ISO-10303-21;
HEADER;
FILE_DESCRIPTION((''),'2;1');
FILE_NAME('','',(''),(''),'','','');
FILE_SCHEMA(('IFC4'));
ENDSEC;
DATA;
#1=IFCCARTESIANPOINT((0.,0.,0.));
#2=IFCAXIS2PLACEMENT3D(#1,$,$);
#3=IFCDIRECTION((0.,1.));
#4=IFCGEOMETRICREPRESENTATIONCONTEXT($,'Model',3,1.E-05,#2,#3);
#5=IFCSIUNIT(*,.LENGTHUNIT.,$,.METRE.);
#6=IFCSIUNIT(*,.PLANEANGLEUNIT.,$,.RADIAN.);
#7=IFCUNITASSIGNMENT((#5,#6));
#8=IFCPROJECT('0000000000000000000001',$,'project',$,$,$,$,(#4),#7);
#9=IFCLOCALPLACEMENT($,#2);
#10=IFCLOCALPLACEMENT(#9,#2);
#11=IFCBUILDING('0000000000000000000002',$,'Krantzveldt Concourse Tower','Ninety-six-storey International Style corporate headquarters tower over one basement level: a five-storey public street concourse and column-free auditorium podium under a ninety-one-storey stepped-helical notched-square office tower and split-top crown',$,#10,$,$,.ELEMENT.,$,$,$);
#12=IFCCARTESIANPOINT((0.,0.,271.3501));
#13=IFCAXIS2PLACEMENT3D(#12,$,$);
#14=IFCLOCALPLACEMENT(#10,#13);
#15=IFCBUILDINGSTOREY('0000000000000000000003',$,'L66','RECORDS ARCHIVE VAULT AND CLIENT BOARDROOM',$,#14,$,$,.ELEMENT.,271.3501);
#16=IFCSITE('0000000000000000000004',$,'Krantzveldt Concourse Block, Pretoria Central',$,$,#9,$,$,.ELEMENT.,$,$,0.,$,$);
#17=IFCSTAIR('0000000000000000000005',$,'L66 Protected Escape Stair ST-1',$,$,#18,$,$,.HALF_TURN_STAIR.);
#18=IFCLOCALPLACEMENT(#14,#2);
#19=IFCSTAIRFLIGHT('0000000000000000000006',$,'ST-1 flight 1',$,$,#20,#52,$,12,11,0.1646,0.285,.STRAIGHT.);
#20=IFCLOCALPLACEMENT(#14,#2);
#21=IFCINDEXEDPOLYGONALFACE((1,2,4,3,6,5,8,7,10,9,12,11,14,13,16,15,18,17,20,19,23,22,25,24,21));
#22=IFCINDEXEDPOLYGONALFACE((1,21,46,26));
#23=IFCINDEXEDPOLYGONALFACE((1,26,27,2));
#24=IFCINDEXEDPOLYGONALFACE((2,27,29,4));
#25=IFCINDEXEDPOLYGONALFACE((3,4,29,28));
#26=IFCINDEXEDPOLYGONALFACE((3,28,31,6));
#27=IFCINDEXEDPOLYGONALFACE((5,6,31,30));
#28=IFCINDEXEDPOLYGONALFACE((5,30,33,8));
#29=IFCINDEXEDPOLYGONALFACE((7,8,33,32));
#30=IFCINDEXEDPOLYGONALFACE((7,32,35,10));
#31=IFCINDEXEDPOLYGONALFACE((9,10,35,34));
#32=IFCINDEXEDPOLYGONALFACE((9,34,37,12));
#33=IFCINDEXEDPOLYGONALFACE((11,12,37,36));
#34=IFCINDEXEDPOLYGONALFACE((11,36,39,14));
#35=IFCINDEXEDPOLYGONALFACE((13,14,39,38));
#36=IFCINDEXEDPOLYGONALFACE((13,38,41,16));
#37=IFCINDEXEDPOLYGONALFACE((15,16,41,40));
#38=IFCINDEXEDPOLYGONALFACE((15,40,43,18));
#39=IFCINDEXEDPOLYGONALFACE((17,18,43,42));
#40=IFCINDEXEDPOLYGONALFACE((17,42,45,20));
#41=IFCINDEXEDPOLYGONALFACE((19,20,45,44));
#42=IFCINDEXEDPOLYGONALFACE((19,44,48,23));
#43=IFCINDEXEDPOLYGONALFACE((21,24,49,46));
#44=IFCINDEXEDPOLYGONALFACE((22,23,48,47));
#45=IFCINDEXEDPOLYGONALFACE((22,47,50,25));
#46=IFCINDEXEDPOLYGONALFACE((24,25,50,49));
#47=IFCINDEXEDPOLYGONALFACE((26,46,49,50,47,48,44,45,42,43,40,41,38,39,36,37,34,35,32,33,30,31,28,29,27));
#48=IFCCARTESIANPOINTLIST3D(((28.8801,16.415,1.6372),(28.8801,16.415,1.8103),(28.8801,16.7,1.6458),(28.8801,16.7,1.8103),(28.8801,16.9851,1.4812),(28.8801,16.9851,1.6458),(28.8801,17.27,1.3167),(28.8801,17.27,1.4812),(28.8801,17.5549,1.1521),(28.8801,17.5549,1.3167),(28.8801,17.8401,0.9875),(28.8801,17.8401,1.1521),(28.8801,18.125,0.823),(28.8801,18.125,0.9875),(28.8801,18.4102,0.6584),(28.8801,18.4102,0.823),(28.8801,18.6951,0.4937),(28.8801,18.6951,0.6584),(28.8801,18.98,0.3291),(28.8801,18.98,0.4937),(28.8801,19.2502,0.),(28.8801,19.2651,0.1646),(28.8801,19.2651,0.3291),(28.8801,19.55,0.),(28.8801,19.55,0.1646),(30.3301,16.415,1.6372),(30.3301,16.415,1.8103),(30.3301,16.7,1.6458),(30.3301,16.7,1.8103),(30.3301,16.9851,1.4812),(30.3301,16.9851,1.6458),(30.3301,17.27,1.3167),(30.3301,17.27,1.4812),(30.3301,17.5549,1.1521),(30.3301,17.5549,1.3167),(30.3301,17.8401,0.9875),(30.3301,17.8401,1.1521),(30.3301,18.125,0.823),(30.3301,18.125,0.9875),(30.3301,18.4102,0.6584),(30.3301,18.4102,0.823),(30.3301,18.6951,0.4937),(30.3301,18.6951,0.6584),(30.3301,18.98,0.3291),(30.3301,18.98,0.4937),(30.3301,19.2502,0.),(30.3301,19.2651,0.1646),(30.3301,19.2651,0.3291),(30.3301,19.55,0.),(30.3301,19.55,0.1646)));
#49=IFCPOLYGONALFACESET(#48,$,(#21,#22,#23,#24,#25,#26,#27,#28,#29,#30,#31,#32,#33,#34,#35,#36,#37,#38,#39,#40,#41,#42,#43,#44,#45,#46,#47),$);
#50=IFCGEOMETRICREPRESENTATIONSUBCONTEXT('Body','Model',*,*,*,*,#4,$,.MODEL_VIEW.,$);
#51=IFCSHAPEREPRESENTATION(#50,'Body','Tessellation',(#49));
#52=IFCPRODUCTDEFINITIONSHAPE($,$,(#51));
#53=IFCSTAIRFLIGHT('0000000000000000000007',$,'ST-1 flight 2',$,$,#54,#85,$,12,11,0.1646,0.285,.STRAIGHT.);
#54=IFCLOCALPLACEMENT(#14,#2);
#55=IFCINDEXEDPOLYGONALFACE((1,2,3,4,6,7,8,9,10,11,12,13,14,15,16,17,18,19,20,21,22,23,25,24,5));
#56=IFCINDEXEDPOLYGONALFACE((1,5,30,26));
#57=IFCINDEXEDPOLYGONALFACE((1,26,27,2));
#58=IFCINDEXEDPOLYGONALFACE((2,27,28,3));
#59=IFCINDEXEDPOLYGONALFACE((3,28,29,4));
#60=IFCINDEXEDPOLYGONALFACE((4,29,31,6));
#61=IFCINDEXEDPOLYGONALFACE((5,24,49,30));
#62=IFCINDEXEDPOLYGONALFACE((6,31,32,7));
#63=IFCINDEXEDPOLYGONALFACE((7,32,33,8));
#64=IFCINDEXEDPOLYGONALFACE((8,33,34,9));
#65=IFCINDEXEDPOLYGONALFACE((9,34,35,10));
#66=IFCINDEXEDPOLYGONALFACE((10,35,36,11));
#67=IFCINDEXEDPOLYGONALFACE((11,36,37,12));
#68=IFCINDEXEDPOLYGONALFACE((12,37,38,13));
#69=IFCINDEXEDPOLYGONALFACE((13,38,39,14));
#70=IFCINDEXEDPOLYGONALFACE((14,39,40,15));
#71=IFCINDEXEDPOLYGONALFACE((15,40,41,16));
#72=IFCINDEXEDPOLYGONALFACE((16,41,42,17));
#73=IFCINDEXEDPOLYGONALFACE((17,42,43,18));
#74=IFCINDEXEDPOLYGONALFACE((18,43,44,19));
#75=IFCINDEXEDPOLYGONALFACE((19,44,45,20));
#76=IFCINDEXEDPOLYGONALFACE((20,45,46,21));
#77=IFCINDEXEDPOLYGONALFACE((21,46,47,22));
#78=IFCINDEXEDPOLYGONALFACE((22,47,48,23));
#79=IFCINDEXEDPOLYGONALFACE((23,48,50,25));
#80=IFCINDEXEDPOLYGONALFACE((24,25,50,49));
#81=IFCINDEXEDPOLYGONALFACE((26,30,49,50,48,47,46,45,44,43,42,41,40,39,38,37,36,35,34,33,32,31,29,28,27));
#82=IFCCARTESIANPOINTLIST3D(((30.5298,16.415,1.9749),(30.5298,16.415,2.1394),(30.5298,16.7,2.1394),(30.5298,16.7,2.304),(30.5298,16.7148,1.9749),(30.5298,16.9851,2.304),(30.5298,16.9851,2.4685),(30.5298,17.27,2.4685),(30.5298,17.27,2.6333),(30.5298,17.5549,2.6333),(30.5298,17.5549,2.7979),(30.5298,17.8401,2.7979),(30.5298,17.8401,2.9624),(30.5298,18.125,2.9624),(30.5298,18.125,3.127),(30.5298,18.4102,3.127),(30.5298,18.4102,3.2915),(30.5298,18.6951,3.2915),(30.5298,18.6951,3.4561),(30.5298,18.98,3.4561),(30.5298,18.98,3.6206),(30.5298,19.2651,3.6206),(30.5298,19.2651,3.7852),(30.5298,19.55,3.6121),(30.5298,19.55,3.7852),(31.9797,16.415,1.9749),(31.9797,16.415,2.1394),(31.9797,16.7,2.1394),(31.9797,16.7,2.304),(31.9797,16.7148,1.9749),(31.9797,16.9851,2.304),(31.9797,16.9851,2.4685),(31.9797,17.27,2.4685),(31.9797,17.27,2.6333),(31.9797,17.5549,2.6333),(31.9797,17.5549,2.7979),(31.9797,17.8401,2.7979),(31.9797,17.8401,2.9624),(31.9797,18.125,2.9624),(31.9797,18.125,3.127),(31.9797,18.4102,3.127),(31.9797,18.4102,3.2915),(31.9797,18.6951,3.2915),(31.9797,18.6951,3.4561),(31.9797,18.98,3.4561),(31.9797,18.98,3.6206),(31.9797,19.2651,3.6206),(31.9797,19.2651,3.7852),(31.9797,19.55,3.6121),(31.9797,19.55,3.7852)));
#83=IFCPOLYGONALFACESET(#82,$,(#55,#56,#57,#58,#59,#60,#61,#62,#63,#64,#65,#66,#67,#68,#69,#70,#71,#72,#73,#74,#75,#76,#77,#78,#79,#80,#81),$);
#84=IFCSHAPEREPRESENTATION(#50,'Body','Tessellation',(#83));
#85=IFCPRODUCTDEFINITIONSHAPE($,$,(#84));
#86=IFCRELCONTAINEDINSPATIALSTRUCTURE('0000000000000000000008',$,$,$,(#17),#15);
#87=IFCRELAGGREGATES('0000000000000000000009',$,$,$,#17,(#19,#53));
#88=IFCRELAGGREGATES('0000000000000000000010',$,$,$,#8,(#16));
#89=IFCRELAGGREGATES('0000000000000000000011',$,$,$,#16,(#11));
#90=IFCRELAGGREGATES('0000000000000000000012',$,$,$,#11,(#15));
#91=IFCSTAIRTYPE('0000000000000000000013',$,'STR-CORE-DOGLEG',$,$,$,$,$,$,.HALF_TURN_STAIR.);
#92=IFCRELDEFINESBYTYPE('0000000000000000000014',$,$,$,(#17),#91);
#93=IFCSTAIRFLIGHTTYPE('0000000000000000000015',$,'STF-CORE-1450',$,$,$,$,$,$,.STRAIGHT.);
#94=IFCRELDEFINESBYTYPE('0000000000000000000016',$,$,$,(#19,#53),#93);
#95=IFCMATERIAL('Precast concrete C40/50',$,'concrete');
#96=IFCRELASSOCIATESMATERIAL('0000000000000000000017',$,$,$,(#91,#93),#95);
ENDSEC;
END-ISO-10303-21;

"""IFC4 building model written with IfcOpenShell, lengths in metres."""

from ifc_helpers import new_model, si_unit, direction, frame, origin, place, context, subcontext, project, spatial, polyline, outline, extrude, material, type_object, element, aggregate, save


model = new_model("IFC4")

# Units and contexts
model_context = context("Model", 3, precision=1e-05, world=origin(), true_north=direction((0.0, 1.0)))
body_context = subcontext(model_context, "Body", "Model", "MODEL_VIEW")
ifc_project = project(units=[si_unit("LENGTHUNIT", "METRE"), si_unit("PLANEANGLEUNIT", "RADIAN")], contexts=[model_context])

# Site, building, storey
site_placement = place(None, origin())
site = spatial("IfcSite", under=ifc_project, at=site_placement, Name="Krantzveldt Concourse Block, Pretoria Central", CompositionType="ELEMENT", RefElevation=0.0)
building_placement = place(site_placement, origin())
building = spatial("IfcBuilding", under=site, at=building_placement, Name="Krantzveldt Concourse Tower", Description="Ninety-six-storey International Style corporate headquarters tower over one basement level: a five-storey public street concourse and column-free auditorium podium under a ninety-one-storey stepped-helical notched-square office tower and split-top crown", CompositionType="ELEMENT")
storey_placement = place(building_placement, frame((0.0, 0.0, 271.3501)))
storey = spatial("IfcBuildingStorey", under=building, at=storey_placement, Name="L66", Description="RECORDS ARCHIVE VAULT AND CLIENT BOARDROOM", CompositionType="ELEMENT", Elevation=271.3501)

# Stair, stair flights
ifc_material_1 = material(Name="Precast concrete C40/50", Category="concrete")
stair_type = type_object("IfcStairType", Name="STR-CORE-DOGLEG", PredefinedType="HALF_TURN_STAIR", material=ifc_material_1)
stair_placement = place(storey_placement, origin())
stair = element("IfcStair", 1, at=stair_placement, inside=storey, type_object=stair_type, Name="L66 Protected Escape Stair ST-1", PredefinedType="HALF_TURN_STAIR")
stair_flight_type = type_object("IfcStairFlightType", Name="STF-CORE-1450", PredefinedType="STRAIGHT", material=ifc_material_1)
stair_flight_1_placement = place(storey_placement, frame((29.605, 19.55, 0.0), z_axis=(0.0, 0.0, 1.0), x_axis=(0.0, -1.0, 0.0)))
stair_flight_1 = element("IfcStairFlight", 2, at=stair_flight_1_placement, type_object=stair_flight_type, Name="ST-1 flight 1", NumberOfRisers=12, NumberOfTreads=11, PredefinedType="STRAIGHT", RiserHeight=0.1646, TreadLength=0.285, context=body_context, shape_type="SweptSolid", body=[
    extrude(outline(polyline([(0.0, 0.0), (0.0, 0.1646), (0.2849, 0.1646), (0.2849, 0.3291), (0.5701, 0.3291), (0.5701, 0.4937), (0.855, 0.4937), (0.855, 0.6584), (1.1399, 0.6584), (1.1399, 0.823), (1.425, 0.823), (1.425, 0.9875), (1.71, 0.9875), (1.71, 1.1521), (1.9951, 1.1521), (1.9951, 1.3167), (2.28, 1.3167), (2.28, 1.4812), (2.5649, 1.4812), (2.5649, 1.6458), (2.8501, 1.6458), (2.8501, 1.8103), (3.135, 1.8103), (3.135, 1.9751), (3.135, 1.6372), (0.2998, 0.0), (0.0, 0.0)])), frame((0.0, 0.7251, 0.0), z_axis=(0.0, -1.0, 0.0), x_axis=(1.0, 0.0, 0.0)), (0.0, 0.0, 1.0), 1.45),
])
stair_flight_2_placement = place(storey_placement, frame((31.2549, 16.415, 1.9749), z_axis=(0.0, 0.0, 1.0), x_axis=(0.0, 1.0, 0.0)))
stair_flight_2 = element("IfcStairFlight", 3, at=stair_flight_2_placement, type_object=stair_flight_type, Name="ST-1 flight 2", NumberOfRisers=12, NumberOfTreads=11, PredefinedType="STRAIGHT", RiserHeight=0.1646, TreadLength=0.285, context=body_context, shape_type="SweptSolid", body=[
    extrude(outline(polyline([(0.0, 0.0), (0.0, 0.1646), (0.2849, 0.1646), (0.2849, 0.3291), (0.5701, 0.3291), (0.5701, 0.4937), (0.855, 0.4937), (0.855, 0.6584), (1.1399, 0.6584), (1.1399, 0.823), (1.425, 0.823), (1.425, 0.9875), (1.71, 0.9875), (1.71, 1.1521), (1.9951, 1.1521), (1.9951, 1.3167), (2.28, 1.3167), (2.28, 1.4812), (2.5649, 1.4812), (2.5649, 1.6458), (2.8501, 1.6458), (2.8501, 1.8103), (3.135, 1.8103), (3.135, 1.9751), (3.135, 1.6372), (0.2998, 0.0), (0.0, 0.0)])), frame((0.0, 0.7251, 0.0), z_axis=(0.0, -1.0, 0.0), x_axis=(1.0, 0.0, 0.0)), (0.0, 0.0, 1.0), 1.45),
])
aggregate(stair, [stair_flight_1, stair_flight_2])

save(model, "model.ifc")
